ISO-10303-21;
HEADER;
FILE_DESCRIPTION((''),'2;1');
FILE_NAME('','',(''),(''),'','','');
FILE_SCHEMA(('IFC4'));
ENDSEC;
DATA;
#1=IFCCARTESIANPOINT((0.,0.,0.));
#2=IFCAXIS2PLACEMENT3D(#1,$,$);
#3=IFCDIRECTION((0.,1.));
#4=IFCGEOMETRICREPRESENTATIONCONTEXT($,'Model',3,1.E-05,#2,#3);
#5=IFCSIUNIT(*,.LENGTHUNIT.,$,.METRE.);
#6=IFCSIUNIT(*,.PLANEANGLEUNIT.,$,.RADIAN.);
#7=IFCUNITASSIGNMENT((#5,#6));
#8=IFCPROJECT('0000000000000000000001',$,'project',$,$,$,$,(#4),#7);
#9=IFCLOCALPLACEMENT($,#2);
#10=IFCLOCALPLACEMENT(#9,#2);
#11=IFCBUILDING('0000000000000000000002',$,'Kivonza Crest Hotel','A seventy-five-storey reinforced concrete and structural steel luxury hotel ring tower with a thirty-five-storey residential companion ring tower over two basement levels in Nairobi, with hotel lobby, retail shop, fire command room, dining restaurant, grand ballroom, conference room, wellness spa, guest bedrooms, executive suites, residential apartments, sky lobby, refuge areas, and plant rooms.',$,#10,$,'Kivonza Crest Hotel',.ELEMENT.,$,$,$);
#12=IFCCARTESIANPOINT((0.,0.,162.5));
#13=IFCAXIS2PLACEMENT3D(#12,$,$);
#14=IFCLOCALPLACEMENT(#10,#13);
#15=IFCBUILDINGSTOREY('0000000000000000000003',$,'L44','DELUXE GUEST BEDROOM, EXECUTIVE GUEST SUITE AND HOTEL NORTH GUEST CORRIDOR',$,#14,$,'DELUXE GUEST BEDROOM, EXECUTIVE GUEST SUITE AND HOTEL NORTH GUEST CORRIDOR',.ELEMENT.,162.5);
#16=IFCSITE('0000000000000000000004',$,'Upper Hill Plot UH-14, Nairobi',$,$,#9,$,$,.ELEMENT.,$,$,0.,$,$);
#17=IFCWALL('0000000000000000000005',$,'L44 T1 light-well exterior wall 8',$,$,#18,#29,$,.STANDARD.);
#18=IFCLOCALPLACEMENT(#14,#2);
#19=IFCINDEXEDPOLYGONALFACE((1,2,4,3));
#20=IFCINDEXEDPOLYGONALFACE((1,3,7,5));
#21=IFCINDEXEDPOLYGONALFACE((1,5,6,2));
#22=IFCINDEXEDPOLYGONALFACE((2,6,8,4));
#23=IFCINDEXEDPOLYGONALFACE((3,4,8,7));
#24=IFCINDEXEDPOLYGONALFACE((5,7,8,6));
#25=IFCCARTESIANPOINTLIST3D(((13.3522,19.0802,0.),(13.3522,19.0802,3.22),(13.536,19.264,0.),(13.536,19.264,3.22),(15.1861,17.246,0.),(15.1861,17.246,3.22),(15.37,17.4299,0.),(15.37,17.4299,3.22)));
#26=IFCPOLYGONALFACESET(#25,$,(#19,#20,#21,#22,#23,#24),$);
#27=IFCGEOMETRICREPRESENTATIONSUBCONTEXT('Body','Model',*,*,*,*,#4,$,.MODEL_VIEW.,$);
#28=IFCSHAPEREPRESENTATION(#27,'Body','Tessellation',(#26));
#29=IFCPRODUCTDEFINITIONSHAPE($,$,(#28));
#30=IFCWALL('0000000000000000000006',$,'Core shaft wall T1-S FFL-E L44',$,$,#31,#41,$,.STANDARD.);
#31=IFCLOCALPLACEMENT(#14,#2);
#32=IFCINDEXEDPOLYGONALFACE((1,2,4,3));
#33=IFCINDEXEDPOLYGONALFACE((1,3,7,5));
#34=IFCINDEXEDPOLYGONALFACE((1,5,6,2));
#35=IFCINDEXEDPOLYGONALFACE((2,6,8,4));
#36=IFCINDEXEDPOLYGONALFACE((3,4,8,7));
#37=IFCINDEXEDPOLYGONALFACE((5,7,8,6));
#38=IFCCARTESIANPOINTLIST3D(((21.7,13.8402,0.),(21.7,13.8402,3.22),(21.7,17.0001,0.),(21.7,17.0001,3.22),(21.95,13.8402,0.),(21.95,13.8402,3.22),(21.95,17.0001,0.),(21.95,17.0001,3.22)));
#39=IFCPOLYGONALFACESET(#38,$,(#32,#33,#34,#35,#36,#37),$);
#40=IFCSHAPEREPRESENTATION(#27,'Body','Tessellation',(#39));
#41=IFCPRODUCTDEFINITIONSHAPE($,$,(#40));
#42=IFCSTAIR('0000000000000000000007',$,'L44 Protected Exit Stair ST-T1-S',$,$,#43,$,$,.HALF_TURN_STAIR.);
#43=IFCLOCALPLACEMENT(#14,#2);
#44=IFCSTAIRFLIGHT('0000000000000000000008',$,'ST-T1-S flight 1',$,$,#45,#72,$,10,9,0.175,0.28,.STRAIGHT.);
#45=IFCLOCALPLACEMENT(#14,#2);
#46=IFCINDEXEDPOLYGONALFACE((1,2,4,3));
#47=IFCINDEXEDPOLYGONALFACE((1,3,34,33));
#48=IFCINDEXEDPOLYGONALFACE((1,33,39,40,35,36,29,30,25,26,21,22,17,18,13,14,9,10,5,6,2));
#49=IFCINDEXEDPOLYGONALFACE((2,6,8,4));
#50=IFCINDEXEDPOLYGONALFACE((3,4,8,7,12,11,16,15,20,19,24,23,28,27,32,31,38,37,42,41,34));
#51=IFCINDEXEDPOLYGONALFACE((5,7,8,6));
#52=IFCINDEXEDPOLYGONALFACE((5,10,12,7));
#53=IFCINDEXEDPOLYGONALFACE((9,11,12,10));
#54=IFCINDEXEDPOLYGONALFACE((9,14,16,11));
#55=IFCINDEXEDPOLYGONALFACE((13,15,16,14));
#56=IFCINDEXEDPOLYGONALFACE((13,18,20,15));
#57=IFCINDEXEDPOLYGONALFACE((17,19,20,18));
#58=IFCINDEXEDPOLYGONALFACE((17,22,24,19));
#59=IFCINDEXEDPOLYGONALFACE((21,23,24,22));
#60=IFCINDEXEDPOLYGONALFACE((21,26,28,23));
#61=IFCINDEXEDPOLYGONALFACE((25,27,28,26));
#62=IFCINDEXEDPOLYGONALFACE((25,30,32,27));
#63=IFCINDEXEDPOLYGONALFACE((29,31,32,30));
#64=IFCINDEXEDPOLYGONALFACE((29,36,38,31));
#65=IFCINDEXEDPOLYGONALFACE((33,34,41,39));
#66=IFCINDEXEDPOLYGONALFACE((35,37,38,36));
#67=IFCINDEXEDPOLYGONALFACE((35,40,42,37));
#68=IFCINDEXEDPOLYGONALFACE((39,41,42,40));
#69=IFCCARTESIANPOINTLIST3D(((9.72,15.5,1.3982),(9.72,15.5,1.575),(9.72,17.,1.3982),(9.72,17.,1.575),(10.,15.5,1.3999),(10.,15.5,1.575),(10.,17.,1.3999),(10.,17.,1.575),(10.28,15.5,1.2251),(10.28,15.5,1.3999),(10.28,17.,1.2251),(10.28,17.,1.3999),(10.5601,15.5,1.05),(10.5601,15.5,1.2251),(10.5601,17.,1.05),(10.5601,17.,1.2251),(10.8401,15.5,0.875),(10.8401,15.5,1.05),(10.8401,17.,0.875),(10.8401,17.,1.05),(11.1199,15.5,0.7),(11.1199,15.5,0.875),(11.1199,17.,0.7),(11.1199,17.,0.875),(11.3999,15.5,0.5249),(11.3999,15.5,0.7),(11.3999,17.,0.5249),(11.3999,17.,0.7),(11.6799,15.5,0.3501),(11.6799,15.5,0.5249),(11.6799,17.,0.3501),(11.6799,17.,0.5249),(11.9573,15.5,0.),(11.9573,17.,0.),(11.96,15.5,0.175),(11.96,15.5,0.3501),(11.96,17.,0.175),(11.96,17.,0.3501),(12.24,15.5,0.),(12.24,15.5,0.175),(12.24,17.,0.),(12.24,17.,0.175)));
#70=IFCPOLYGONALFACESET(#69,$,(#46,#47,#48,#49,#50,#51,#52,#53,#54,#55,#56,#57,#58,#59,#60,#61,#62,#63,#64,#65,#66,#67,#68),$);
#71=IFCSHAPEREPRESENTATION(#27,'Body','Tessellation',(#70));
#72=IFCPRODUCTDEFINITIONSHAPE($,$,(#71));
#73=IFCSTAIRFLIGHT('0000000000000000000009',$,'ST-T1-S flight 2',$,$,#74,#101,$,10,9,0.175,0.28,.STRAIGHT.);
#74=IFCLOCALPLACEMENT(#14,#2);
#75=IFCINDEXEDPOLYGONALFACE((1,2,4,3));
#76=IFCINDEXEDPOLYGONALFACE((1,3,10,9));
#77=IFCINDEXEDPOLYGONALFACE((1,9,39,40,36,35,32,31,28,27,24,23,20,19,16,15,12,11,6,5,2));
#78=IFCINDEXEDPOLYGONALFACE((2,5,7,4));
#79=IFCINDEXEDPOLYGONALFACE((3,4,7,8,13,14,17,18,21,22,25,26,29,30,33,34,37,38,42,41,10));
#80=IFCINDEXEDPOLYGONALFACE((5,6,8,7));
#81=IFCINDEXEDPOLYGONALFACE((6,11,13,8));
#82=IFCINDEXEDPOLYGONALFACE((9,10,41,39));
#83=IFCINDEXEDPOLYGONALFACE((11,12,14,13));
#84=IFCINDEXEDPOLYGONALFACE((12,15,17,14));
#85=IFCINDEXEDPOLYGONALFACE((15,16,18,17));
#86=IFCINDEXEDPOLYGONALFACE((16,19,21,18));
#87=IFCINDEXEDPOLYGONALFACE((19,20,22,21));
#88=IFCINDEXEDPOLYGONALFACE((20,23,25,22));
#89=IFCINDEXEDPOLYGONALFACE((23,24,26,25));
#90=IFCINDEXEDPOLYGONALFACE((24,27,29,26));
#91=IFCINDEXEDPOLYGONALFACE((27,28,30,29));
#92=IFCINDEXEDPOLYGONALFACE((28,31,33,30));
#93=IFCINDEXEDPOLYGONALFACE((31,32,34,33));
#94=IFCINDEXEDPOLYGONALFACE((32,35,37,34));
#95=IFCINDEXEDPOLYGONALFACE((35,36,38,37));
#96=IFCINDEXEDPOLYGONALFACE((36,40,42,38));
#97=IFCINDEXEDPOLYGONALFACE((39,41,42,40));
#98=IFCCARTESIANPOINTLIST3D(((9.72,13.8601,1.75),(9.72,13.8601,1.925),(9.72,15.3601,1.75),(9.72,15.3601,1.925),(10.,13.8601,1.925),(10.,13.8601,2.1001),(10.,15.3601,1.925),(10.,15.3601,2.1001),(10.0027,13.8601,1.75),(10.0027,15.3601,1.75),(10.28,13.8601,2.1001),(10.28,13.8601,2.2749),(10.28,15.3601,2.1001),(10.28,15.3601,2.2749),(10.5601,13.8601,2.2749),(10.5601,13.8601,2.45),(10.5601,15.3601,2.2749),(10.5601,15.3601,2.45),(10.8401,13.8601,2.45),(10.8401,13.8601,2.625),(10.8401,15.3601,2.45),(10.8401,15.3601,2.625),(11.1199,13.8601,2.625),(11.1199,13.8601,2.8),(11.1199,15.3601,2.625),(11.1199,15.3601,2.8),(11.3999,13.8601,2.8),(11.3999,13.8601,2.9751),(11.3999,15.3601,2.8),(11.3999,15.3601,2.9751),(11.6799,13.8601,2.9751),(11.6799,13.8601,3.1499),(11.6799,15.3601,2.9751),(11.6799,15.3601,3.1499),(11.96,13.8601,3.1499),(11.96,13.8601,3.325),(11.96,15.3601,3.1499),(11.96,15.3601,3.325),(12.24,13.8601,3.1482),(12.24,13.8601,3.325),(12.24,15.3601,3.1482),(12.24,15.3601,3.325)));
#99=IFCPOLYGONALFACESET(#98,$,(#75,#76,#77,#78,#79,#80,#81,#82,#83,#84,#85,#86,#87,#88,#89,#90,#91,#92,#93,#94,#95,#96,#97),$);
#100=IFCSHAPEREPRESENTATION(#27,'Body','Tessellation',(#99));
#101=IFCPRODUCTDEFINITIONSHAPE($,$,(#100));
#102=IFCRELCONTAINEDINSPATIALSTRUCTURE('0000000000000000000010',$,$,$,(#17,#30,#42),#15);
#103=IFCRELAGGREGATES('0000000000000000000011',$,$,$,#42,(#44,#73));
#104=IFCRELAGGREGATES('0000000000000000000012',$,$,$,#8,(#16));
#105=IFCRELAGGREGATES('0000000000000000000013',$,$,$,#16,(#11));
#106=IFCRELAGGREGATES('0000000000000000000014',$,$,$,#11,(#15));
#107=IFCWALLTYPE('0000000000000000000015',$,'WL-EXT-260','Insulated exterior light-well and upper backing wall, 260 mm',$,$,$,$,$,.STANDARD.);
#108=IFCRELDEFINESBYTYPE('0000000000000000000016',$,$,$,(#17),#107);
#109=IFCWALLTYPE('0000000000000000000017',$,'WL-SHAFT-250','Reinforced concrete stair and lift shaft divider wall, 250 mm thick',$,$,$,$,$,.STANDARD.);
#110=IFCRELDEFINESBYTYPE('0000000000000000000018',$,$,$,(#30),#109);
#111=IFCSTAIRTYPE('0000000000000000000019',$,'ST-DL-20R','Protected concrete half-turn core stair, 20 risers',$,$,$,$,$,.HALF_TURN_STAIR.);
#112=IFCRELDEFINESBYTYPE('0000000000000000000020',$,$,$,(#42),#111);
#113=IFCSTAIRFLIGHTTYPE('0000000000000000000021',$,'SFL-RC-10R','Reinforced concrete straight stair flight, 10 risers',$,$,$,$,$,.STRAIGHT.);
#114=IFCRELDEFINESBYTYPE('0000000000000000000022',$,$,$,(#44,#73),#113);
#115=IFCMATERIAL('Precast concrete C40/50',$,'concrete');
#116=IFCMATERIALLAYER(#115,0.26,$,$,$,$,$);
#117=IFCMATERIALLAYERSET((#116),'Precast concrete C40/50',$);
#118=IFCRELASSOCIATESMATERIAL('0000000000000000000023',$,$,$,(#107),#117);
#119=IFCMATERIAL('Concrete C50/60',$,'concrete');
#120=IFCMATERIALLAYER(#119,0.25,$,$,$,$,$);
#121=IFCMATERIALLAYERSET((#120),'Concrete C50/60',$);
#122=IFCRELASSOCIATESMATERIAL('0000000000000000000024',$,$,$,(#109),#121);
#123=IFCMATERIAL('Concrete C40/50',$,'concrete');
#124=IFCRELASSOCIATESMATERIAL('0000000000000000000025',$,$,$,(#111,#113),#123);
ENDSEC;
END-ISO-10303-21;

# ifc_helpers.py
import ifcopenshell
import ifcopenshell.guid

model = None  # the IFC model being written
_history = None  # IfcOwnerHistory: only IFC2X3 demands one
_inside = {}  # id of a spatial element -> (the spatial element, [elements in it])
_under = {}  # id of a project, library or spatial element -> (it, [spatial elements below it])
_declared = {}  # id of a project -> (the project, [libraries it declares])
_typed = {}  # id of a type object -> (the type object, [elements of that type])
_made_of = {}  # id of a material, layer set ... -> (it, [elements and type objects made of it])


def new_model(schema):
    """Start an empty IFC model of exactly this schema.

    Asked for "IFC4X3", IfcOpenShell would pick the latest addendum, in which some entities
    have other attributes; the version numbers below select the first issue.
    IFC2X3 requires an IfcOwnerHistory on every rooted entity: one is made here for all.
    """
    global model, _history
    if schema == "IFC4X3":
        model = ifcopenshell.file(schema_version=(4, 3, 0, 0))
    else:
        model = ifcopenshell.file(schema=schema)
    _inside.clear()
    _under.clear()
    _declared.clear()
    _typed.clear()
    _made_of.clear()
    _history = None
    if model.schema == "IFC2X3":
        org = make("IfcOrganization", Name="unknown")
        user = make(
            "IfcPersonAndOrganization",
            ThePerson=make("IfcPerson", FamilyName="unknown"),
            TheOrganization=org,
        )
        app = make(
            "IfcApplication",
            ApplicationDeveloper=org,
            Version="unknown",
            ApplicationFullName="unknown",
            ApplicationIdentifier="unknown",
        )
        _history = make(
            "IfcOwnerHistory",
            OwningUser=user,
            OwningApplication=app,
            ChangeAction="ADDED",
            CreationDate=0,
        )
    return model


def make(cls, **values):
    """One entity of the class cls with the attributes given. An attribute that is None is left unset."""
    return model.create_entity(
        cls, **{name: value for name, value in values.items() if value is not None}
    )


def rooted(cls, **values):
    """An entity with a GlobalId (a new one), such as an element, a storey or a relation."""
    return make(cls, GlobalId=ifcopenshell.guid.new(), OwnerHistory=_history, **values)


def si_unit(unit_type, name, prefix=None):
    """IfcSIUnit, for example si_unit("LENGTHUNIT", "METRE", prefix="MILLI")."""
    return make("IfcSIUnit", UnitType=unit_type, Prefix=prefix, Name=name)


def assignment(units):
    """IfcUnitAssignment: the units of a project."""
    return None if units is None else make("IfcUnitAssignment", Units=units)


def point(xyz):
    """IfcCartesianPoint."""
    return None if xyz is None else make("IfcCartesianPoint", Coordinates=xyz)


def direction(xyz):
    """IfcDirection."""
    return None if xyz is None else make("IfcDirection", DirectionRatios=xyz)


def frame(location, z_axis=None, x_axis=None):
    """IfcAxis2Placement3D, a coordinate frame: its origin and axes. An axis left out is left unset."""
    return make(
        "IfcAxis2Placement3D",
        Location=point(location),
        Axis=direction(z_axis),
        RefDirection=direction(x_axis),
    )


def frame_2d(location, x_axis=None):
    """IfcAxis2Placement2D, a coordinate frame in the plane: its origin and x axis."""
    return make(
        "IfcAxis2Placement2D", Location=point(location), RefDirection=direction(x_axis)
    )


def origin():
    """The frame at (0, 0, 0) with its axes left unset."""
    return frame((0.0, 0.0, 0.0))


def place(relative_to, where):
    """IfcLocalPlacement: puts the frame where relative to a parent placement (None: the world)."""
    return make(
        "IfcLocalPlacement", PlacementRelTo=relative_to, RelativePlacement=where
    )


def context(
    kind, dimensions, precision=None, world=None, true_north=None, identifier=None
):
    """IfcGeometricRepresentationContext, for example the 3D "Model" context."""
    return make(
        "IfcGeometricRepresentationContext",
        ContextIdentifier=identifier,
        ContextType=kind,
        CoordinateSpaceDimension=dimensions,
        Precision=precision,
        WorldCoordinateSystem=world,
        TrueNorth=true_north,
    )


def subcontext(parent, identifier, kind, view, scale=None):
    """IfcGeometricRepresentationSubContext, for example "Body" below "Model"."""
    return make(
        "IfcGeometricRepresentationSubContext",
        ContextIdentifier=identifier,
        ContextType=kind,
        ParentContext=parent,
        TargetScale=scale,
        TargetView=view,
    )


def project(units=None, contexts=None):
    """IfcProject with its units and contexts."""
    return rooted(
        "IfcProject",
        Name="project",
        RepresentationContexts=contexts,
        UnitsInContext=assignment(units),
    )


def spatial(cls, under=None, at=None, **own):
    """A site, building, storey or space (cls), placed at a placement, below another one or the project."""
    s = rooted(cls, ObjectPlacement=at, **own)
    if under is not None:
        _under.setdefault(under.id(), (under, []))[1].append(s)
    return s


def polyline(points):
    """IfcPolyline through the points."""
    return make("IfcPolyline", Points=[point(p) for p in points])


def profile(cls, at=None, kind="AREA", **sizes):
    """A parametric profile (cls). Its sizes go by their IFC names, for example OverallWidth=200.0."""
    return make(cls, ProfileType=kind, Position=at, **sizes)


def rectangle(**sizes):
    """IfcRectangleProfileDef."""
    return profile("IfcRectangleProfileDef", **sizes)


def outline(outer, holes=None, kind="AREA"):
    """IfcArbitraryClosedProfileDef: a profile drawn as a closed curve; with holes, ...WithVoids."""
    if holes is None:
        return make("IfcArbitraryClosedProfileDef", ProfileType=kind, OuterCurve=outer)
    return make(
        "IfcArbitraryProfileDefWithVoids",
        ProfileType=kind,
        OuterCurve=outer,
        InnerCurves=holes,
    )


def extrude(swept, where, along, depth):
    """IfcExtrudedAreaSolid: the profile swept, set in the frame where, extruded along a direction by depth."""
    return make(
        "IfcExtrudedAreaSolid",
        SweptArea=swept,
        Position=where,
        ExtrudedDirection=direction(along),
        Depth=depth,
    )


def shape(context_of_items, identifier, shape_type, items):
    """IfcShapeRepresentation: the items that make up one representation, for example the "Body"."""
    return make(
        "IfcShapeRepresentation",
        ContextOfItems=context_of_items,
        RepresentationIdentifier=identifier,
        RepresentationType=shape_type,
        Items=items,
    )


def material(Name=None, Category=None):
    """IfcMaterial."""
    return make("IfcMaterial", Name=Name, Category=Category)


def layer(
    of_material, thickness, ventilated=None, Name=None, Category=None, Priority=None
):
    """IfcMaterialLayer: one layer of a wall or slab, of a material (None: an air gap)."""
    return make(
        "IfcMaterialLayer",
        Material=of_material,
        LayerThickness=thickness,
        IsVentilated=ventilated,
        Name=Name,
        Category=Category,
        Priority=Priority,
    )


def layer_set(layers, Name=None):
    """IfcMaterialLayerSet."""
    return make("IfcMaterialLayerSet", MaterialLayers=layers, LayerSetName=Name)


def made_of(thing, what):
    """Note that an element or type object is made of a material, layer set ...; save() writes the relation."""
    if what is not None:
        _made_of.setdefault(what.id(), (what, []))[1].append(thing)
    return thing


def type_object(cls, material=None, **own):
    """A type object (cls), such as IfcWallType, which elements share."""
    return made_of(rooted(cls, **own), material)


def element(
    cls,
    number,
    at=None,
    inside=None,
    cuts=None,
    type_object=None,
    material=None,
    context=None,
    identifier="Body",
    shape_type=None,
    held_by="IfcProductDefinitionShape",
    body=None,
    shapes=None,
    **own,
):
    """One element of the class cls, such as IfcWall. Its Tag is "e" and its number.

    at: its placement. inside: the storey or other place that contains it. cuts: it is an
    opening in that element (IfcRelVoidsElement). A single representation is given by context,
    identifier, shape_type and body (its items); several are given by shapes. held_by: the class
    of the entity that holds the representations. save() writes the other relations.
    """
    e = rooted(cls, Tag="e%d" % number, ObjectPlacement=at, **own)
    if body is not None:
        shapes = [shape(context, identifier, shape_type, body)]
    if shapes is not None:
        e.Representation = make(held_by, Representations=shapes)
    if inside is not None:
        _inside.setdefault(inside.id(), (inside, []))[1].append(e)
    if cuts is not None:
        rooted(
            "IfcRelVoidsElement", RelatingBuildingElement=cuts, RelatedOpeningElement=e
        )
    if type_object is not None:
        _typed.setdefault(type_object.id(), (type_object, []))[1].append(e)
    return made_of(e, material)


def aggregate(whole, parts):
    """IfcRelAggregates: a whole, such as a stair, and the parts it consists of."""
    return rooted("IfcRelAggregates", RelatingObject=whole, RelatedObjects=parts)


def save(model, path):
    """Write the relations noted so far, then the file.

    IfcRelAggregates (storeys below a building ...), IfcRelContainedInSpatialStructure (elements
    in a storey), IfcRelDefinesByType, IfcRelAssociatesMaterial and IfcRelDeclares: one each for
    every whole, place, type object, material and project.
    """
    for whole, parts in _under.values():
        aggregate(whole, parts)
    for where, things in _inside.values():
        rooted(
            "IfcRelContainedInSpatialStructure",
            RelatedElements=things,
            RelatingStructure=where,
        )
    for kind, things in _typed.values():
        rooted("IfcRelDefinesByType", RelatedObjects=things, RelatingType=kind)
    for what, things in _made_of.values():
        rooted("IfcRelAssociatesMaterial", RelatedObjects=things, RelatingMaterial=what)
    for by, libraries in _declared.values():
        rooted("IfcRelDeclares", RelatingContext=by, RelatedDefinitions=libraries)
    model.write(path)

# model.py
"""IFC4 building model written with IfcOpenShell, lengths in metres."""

from ifc_helpers import new_model, si_unit, direction, frame, frame_2d, origin, place, context, subcontext, project, spatial, polyline, rectangle, outline, extrude, material, layer, layer_set, type_object, element, aggregate, save


model = new_model("IFC4")

# Units and contexts
model_context = context("Model", 3, precision=1e-05, world=origin(), true_north=direction((0.0, 1.0)))
body_context = subcontext(model_context, "Body", "Model", "MODEL_VIEW")
ifc_project = project(units=[si_unit("LENGTHUNIT", "METRE"), si_unit("PLANEANGLEUNIT", "RADIAN")], contexts=[model_context])

# Site, building, storey
site_placement = place(None, origin())
site = spatial("IfcSite", under=ifc_project, at=site_placement, Name="Upper Hill Plot UH-14, Nairobi", CompositionType="ELEMENT", RefElevation=0.0)
building_placement = place(site_placement, origin())
building = spatial("IfcBuilding", under=site, at=building_placement, Name="Kivonza Crest Hotel", Description="A seventy-five-storey reinforced concrete and structural steel luxury hotel ring tower with a thirty-five-storey residential companion ring tower over two basement levels in Nairobi, with hotel lobby, retail shop, fire command room, dining restaurant, grand ballroom, conference room, wellness spa, guest bedrooms, executive suites, residential apartments, sky lobby, refuge areas, and plant rooms.", LongName="Kivonza Crest Hotel", CompositionType="ELEMENT")
storey_placement = place(building_placement, frame((0.0, 0.0, 162.5)))
storey = spatial("IfcBuildingStorey", under=building, at=storey_placement, Name="L44", Description="DELUXE GUEST BEDROOM, EXECUTIVE GUEST SUITE AND HOTEL NORTH GUEST CORRIDOR", LongName="DELUXE GUEST BEDROOM, EXECUTIVE GUEST SUITE AND HOTEL NORTH GUEST CORRIDOR", CompositionType="ELEMENT", Elevation=162.5)

# Shared definitions
ifc_material_1 = material(Name="Concrete C50/60", Category="concrete")

# Wall
ifc_material_2 = material(Name="Precast concrete C40/50", Category="concrete")
ifc_layer_1 = layer(ifc_material_2, 0.26)
ifc_layer_set_1 = layer_set([ifc_layer_1], Name="Precast concrete C40/50")
wall_type_1 = type_object("IfcWallType", Name="WL-EXT-260", Description="Insulated exterior light-well and upper backing wall, 260 mm", PredefinedType="STANDARD", material=ifc_layer_set_1)
wall_1_placement = place(storey_placement, frame((13.4441, 19.1721, 0.0), z_axis=(0.0, 0.0, 1.0), x_axis=(0.70706, -0.707154, 0.0)))
element("IfcWall", 1, at=wall_1_placement, inside=storey, type_object=wall_type_1, Name="L44 T1 light-well exterior wall 8", PredefinedType="STANDARD", context=body_context, shape_type="SweptSolid", body=[
    extrude(rectangle(XDim=2.5938, YDim=0.26, at=frame_2d((1.2969, 0.0))), origin(), (0.0, 0.0, 1.0), 3.22),
])

# Shared definitions
ifc_layer_2 = layer(ifc_material_1, 0.25)
ifc_layer_set_2 = layer_set([ifc_layer_2], Name="Concrete C50/60")
wall_type_2 = type_object("IfcWallType", Name="WL-SHAFT-250", Description="Reinforced concrete stair and lift shaft divider wall, 250 mm thick", PredefinedType="STANDARD", material=ifc_layer_set_2)

# Wall
wall_2_placement = place(storey_placement, frame((21.825, 13.8401, 0.0), z_axis=(0.0, 0.0, 1.0), x_axis=(0.0, 1.0, 0.0)))
element("IfcWall", 2, at=wall_2_placement, inside=storey, type_object=wall_type_2, Name="Core shaft wall T1-S FFL-E L44", PredefinedType="STANDARD", context=body_context, shape_type="SweptSolid", body=[
    extrude(rectangle(XDim=3.1599, YDim=0.25, at=frame_2d((1.5801, 0.0))), origin(), (0.0, 0.0, 1.0), 3.22),
])

# Stair, stair flights
ifc_material_3 = material(Name="Concrete C40/50", Category="concrete")
stair_type = type_object("IfcStairType", Name="ST-DL-20R", Description="Protected concrete half-turn core stair, 20 risers", PredefinedType="HALF_TURN_STAIR", material=ifc_material_3)
stair_placement = place(storey_placement, origin())
stair = element("IfcStair", 3, at=stair_placement, inside=storey, type_object=stair_type, Name="L44 Protected Exit Stair ST-T1-S", PredefinedType="HALF_TURN_STAIR")
stair_flight_type = type_object("IfcStairFlightType", Name="SFL-RC-10R", Description="Reinforced concrete straight stair flight, 10 risers", PredefinedType="STRAIGHT", material=ifc_material_3)
stair_flight_1_placement = place(storey_placement, frame((12.24, 16.25, 0.0), z_axis=(0.0, 0.0, 1.0), x_axis=(-1.0, 0.0, 0.0)))
stair_flight_1 = element("IfcStairFlight", 4, at=stair_flight_1_placement, type_object=stair_flight_type, Name="ST-T1-S flight 1", NumberOfRisers=10, NumberOfTreads=9, PredefinedType="STRAIGHT", RiserHeight=0.175, TreadLength=0.28, context=body_context, shape_type="SweptSolid", body=[
    extrude(outline(polyline([(0.0, 0.0), (0.0, 0.175), (0.28, 0.175), (0.28, 0.3501), (0.5601, 0.3501), (0.5601, 0.5249), (0.8401, 0.5249), (0.8401, 0.7), (1.1201, 0.7), (1.1201, 0.875), (1.3999, 0.875), (1.3999, 1.05), (1.6799, 1.05), (1.6799, 1.2251), (1.96, 1.2251), (1.96, 1.3999), (2.24, 1.3999), (2.24, 1.575), (2.52, 1.575), (2.52, 1.75), (2.52, 1.3982), (0.2827, 0.0), (0.0, 0.0)])), frame((0.0, 0.75, 0.0), z_axis=(0.0, -1.0, 0.0), x_axis=(1.0, 0.0, 0.0)), (0.0, 0.0, 1.0), 1.5),
])
stair_flight_2_placement = place(storey_placement, frame((9.72, 14.6101, 1.75), z_axis=(0.0, 0.0, 1.0), x_axis=(1.0, 0.0, 0.0)))
stair_flight_2 = element("IfcStairFlight", 5, at=stair_flight_2_placement, type_object=stair_flight_type, Name="ST-T1-S flight 2", NumberOfRisers=10, NumberOfTreads=9, PredefinedType="STRAIGHT", RiserHeight=0.175, TreadLength=0.28, context=body_context, shape_type="SweptSolid", body=[
    extrude(outline(polyline([(0.0, 0.0), (0.0, 0.175), (0.28, 0.175), (0.28, 0.3501), (0.5601, 0.3501), (0.5601, 0.5249), (0.8401, 0.5249), (0.8401, 0.7), (1.1201, 0.7), (1.1201, 0.875), (1.3999, 0.875), (1.3999, 1.05), (1.6799, 1.05), (1.6799, 1.2251), (1.96, 1.2251), (1.96, 1.3999), (2.24, 1.3999), (2.24, 1.575), (2.52, 1.575), (2.52, 1.75), (2.52, 1.3982), (0.2827, 0.0), (0.0, 0.0)])), frame((0.0, 0.75, 0.0), z_axis=(0.0, -1.0, 0.0), x_axis=(1.0, 0.0, 0.0)), (0.0, 0.0, 1.0), 1.5),
])
aggregate(stair, [stair_flight_1, stair_flight_2])

save(model, "model.ifc")
